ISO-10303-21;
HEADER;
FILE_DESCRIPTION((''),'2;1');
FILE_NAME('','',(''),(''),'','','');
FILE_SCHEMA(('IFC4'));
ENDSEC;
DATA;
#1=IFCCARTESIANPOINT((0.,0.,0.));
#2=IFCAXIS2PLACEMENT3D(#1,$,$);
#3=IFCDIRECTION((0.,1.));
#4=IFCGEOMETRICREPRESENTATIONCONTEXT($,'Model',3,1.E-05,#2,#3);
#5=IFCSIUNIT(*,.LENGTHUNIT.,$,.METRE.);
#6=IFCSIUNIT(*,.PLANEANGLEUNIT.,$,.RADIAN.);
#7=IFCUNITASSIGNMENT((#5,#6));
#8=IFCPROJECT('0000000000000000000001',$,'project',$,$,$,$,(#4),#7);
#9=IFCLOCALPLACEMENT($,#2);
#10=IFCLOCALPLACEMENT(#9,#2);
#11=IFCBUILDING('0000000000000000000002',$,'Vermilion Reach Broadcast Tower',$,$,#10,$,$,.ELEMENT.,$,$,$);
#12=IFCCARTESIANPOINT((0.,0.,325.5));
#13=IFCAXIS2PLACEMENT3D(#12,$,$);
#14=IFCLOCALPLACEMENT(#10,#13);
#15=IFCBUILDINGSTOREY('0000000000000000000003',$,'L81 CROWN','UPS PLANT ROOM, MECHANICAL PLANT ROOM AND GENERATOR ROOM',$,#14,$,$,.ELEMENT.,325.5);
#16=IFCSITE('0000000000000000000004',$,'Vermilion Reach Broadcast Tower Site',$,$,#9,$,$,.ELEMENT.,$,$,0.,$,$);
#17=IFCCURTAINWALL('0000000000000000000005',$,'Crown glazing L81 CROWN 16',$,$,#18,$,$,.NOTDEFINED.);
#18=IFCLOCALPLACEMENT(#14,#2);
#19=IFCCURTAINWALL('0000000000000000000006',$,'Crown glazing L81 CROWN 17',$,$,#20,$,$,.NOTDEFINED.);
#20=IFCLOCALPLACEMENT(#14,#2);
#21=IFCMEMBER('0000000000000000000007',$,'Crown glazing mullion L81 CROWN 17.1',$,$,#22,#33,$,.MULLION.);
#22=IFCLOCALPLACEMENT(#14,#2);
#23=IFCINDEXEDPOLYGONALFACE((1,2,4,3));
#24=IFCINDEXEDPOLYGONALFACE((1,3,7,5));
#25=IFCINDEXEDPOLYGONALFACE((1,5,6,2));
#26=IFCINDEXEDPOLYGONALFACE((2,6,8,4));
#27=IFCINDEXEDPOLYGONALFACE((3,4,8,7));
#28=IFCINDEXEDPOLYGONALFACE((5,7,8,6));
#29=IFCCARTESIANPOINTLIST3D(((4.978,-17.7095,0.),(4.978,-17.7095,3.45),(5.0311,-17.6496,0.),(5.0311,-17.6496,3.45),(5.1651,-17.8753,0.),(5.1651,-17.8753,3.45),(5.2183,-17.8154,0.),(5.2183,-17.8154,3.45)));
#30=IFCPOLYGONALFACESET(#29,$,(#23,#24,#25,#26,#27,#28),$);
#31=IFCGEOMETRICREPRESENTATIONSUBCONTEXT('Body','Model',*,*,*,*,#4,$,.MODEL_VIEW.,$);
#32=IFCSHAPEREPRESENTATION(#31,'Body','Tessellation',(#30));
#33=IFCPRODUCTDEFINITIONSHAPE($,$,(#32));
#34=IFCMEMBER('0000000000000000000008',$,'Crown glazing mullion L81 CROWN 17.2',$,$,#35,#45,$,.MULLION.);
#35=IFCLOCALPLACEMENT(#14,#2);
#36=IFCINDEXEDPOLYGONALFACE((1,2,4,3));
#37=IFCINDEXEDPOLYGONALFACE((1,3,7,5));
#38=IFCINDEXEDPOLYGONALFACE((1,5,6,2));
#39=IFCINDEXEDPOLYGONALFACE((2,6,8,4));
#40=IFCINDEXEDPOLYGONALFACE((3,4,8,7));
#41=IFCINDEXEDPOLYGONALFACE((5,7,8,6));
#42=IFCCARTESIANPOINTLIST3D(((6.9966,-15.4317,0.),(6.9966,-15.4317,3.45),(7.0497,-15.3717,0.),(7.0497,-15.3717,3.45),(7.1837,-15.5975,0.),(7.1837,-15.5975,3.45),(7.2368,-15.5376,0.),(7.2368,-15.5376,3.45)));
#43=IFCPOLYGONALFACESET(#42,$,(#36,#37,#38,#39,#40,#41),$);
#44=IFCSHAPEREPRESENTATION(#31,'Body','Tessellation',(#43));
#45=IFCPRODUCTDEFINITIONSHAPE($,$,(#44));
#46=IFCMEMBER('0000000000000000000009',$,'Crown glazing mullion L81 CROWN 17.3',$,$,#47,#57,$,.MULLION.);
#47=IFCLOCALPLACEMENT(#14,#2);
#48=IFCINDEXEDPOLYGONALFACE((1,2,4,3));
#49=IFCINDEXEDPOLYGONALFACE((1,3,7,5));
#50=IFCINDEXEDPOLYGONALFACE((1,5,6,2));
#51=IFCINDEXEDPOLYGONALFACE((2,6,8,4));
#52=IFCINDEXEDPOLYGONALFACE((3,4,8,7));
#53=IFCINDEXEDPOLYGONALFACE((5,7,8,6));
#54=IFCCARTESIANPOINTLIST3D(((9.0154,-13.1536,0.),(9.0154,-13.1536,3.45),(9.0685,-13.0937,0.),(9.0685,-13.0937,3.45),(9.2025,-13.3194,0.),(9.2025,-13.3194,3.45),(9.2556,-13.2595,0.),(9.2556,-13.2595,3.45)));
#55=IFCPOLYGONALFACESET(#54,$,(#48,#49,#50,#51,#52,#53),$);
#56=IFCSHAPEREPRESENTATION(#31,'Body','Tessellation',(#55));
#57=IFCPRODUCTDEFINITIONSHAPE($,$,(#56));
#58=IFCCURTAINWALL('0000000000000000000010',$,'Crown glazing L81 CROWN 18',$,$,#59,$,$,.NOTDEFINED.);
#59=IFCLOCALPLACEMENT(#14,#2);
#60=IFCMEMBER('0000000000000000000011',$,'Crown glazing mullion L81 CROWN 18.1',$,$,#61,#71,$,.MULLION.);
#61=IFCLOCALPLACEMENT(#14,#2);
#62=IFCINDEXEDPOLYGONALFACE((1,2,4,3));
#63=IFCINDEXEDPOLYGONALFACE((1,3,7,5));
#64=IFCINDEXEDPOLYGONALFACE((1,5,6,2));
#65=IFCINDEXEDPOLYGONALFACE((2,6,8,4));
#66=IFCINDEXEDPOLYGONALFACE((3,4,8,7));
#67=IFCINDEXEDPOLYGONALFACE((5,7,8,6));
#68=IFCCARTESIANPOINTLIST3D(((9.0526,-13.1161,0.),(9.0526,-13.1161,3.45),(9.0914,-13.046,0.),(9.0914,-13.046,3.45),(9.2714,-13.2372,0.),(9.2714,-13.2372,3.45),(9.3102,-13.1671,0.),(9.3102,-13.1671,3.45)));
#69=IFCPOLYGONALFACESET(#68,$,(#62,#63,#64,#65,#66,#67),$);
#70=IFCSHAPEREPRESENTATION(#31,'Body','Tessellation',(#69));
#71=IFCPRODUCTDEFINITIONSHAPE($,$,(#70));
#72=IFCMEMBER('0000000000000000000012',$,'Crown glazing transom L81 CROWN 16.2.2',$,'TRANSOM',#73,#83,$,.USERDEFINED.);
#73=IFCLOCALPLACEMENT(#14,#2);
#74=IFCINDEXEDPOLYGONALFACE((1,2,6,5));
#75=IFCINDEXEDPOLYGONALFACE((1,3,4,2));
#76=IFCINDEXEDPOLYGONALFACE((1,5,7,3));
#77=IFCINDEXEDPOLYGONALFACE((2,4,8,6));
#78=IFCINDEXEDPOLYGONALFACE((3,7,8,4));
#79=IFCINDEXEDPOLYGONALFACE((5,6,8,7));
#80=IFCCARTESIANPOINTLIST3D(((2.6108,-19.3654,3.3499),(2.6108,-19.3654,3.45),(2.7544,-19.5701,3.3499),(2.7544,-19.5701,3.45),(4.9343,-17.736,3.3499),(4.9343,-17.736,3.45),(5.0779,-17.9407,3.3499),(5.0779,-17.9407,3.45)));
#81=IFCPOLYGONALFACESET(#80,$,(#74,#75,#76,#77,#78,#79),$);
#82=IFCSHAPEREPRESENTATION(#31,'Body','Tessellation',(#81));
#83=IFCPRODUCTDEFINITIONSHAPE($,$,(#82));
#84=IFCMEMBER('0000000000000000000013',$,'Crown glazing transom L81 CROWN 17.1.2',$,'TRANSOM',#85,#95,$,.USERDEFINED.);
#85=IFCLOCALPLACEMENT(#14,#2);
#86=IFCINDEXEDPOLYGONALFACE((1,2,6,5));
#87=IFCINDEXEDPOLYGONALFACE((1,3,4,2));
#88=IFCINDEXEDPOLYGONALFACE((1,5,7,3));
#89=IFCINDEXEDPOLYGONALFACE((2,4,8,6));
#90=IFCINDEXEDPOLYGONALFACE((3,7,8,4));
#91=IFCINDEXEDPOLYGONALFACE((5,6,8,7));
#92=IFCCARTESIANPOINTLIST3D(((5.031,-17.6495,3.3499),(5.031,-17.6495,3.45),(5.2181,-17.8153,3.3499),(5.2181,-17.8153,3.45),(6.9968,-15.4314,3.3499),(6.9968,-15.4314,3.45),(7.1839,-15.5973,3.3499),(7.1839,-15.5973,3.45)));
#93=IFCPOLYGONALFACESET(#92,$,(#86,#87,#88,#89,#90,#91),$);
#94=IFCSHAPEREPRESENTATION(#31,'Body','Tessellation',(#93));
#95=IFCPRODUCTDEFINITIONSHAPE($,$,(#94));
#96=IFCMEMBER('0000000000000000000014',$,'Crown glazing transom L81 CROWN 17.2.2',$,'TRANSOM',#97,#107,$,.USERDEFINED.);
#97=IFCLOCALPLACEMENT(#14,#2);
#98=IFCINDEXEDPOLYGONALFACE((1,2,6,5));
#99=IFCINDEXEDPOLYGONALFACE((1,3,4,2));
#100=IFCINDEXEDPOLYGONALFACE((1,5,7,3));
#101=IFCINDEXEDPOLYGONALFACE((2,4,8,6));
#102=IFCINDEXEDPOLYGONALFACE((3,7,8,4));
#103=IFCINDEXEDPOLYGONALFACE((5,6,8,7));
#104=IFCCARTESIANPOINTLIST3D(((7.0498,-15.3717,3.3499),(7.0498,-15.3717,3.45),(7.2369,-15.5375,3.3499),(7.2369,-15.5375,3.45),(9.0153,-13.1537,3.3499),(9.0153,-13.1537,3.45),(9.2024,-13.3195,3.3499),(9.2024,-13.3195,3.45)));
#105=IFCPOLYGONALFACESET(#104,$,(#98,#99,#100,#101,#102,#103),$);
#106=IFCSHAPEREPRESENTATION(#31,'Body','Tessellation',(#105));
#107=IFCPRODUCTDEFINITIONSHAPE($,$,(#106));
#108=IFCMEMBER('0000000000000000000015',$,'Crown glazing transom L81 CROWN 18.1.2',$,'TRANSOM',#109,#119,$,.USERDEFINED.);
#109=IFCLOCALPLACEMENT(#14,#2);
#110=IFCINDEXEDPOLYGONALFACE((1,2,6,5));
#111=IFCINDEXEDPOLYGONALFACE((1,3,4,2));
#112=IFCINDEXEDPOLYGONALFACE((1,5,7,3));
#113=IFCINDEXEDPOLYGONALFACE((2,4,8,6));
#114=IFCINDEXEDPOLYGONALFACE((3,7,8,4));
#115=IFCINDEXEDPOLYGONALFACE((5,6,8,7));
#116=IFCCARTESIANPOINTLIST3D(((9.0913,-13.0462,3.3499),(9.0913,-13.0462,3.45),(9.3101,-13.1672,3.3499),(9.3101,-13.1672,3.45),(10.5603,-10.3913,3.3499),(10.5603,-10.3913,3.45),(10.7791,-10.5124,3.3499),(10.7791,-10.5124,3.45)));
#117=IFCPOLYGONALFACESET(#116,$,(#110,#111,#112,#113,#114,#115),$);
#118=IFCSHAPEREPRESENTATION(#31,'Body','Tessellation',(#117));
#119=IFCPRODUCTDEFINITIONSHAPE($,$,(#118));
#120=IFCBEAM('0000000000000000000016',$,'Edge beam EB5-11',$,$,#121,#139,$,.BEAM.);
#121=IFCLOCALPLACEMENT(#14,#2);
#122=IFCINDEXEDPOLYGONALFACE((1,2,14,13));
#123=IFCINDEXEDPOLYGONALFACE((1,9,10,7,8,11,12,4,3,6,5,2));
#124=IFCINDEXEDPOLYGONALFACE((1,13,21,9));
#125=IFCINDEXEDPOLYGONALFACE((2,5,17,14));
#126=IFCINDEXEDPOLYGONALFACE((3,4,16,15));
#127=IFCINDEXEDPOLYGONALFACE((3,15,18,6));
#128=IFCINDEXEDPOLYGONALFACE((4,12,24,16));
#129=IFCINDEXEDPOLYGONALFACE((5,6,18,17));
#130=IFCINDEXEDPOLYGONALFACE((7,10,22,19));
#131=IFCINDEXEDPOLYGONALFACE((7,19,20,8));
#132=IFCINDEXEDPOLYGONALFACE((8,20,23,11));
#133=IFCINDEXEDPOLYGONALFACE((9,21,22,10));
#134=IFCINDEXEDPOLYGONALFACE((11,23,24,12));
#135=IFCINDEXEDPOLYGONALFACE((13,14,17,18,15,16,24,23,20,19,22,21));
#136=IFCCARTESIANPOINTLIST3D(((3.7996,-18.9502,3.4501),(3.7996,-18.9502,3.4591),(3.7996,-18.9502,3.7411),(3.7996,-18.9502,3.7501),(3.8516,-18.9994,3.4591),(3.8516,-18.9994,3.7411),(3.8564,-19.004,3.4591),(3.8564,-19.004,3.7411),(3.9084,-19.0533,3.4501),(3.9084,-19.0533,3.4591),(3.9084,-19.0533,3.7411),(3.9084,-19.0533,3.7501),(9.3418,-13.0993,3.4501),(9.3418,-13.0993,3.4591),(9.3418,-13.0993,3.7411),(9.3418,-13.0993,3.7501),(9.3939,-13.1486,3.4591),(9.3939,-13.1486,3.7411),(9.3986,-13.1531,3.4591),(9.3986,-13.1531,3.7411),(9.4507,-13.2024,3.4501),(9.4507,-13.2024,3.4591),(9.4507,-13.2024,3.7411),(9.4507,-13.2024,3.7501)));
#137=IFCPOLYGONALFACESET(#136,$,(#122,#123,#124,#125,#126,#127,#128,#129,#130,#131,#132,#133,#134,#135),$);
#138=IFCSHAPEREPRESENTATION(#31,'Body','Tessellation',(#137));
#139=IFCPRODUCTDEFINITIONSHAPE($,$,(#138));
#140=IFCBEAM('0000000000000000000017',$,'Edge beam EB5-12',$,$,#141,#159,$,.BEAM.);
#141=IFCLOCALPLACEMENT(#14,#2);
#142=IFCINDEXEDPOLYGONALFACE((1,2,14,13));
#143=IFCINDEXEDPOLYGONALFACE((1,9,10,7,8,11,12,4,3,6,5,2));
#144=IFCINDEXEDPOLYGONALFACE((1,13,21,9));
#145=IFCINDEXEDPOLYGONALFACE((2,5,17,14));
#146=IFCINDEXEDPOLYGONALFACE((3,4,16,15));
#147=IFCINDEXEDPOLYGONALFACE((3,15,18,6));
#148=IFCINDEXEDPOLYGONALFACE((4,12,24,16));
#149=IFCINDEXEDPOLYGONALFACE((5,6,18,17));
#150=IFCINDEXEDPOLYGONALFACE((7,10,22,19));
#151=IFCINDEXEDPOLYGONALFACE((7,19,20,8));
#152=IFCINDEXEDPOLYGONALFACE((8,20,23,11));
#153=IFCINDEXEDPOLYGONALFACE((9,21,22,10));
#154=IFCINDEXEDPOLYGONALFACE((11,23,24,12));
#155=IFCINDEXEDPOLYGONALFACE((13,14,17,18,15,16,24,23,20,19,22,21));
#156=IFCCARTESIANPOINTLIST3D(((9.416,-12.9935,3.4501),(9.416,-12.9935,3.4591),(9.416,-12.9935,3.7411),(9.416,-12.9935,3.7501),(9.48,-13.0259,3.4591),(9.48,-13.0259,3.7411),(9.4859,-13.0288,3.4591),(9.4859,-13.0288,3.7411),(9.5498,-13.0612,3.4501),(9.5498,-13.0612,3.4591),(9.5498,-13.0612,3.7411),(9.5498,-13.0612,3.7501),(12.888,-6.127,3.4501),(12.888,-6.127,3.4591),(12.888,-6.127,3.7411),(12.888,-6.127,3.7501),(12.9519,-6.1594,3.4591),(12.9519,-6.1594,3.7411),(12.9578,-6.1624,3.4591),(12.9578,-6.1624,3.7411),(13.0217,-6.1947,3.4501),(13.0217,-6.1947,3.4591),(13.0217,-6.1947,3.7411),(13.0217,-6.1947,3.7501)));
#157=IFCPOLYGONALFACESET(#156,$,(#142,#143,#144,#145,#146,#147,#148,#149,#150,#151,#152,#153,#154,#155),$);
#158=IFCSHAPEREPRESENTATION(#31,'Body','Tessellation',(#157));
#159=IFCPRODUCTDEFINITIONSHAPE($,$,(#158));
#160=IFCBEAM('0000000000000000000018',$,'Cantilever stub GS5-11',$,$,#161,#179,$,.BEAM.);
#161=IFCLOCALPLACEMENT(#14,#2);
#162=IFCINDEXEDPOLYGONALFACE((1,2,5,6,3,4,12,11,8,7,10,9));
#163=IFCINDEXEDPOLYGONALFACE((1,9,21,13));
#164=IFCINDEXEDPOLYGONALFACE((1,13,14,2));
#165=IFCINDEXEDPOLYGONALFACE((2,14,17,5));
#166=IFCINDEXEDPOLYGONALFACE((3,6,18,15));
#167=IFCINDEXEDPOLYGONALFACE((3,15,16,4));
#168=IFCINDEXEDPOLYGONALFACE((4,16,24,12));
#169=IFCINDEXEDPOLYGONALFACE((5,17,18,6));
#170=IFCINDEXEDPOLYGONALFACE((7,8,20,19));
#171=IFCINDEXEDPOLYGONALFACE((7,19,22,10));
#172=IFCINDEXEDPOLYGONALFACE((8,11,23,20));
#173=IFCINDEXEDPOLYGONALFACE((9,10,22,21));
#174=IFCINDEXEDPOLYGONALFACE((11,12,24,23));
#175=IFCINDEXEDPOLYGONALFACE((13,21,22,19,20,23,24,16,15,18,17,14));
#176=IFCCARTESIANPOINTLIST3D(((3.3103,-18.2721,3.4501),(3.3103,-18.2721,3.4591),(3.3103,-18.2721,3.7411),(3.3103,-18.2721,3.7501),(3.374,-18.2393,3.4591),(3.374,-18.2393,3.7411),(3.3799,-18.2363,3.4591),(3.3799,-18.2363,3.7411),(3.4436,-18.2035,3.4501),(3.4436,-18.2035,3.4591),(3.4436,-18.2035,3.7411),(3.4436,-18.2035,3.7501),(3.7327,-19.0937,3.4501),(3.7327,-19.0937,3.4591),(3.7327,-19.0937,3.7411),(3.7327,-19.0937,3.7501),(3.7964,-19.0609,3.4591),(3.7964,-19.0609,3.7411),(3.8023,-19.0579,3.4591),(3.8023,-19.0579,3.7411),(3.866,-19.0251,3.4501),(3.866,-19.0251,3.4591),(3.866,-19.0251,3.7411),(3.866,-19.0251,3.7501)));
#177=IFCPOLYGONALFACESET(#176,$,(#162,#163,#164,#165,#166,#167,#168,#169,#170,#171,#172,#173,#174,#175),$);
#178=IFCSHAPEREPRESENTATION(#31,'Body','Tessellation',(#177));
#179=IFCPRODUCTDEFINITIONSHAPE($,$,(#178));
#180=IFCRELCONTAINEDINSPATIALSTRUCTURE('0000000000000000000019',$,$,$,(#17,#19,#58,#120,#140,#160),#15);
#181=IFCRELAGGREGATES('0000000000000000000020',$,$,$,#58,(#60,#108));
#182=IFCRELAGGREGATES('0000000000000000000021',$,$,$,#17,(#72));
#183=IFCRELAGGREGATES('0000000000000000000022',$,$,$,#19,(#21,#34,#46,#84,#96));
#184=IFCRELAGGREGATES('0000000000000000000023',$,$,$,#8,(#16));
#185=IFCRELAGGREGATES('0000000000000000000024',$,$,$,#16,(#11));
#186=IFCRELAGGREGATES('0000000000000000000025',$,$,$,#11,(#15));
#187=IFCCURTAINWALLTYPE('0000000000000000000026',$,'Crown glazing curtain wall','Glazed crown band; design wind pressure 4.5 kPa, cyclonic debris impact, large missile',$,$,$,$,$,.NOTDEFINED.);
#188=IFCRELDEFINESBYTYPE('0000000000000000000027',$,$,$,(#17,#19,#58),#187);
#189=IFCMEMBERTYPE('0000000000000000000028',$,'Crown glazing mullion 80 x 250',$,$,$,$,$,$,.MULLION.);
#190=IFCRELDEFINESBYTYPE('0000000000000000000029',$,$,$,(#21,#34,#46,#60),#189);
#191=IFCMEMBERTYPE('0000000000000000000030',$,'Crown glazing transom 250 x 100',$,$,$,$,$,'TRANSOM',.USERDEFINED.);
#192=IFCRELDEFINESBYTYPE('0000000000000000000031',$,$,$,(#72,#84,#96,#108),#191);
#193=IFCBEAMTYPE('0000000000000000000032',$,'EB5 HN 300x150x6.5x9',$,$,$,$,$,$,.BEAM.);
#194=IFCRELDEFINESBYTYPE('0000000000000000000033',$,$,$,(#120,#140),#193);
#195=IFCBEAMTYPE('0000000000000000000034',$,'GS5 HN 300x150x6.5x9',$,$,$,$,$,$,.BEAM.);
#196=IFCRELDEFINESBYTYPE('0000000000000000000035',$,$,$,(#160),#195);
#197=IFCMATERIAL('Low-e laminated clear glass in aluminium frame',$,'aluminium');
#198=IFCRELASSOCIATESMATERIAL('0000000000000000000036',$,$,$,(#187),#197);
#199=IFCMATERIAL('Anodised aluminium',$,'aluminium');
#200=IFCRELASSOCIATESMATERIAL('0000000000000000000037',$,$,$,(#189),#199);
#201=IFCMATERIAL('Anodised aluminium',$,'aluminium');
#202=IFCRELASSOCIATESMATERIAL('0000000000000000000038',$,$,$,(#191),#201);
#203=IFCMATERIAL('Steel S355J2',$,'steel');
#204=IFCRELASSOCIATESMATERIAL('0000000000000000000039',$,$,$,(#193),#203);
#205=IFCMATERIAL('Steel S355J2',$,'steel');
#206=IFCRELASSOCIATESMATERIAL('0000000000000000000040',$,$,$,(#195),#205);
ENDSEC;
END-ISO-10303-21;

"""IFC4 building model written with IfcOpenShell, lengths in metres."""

from ifc_helpers import new_model, si_unit, direction, frame, origin, origin_2d, place, context, subcontext, project, spatial, rectangle, i_section, extrude, material, material_profile, profile_set, type_object, element, aggregate, save


model = new_model("IFC4")

# Units and contexts
model_context = context("Model", 3, precision=1e-05, world=origin(), true_north=direction((0.0, 1.0)))
body_context = subcontext(model_context, "Body", "Model", "MODEL_VIEW")
ifc_project = project(units=[si_unit("LENGTHUNIT", "METRE"), si_unit("PLANEANGLEUNIT", "RADIAN")], contexts=[model_context])

# Site, building, storey
site_placement = place(None, origin())
site = spatial("IfcSite", under=ifc_project, at=site_placement, Name="Vermilion Reach Broadcast Tower Site", CompositionType="ELEMENT", RefElevation=0.0)
building_placement = place(site_placement, origin())
building = spatial("IfcBuilding", under=site, at=building_placement, Name="Vermilion Reach Broadcast Tower", CompositionType="ELEMENT")
storey_placement = place(building_placement, frame((0.0, 0.0, 325.5)))
storey = spatial("IfcBuildingStorey", under=building, at=storey_placement, Name="L81 CROWN", Description="UPS PLANT ROOM, MECHANICAL PLANT ROOM AND GENERATOR ROOM", CompositionType="ELEMENT", Elevation=325.5)

# Curtain walls, members
ifc_material_1 = material(Name="Low-e laminated clear glass in aluminium frame", Category="aluminium")
curtain_wall_type = type_object("IfcCurtainWallType", Name="Crown glazing curtain wall", Description="Glazed crown band; design wind pressure 4.5 kPa, cyclonic debris impact, large missile", PredefinedType="NOTDEFINED", material=ifc_material_1)
placement = place(storey_placement, origin())
curtain_wall_1 = element("IfcCurtainWall", 1, at=placement, inside=storey, type_object=curtain_wall_type, Name="Crown glazing L81 CROWN 16", PredefinedType="NOTDEFINED")
ifc_material_2 = material(Name="Anodised aluminium", Category="aluminium")
ifc_material_profile_1 = material_profile(ifc_material_2, rectangle(XDim=0.25, YDim=0.0801, at=origin_2d()), Name="Crown glazing mullion 80 x 250")
ifc_profile_set_1 = profile_set([ifc_material_profile_1], Name="Anodised aluminium")
member_type_1 = type_object("IfcMemberType", Name="Crown glazing mullion 80 x 250", PredefinedType="MULLION", material=ifc_profile_set_1)
curtain_wall_2 = element("IfcCurtainWall", 2, at=placement, inside=storey, type_object=curtain_wall_type, Name="Crown glazing L81 CROWN 17", PredefinedType="NOTDEFINED")
member_1_placement = place(storey_placement, frame((5.0981, -17.7625, 0.0), z_axis=(0.0, 0.0, 1.0), x_axis=(-0.748408, 0.663239, 0.0)))
member_1 = element("IfcMember", 3, at=member_1_placement, type_object=member_type_1, Name="Crown glazing mullion L81 CROWN 17.1", PredefinedType="MULLION", context=body_context, shape_type="SweptSolid", body=[
    extrude(rectangle(XDim=0.25, YDim=0.0801, at=origin_2d()), origin(), (0.0, 0.0, 1.0), 3.45),
])
member_2_placement = place(storey_placement, frame((7.1167, -15.4846, 0.0), z_axis=(0.0, 0.0, 1.0), x_axis=(-0.748408, 0.663239, 0.0)))
member_2 = element("IfcMember", 4, at=member_2_placement, type_object=member_type_1, Name="Crown glazing mullion L81 CROWN 17.2", PredefinedType="MULLION", context=body_context, shape_type="SweptSolid", body=[
    extrude(rectangle(XDim=0.25, YDim=0.0801, at=origin_2d()), origin(), (0.0, 0.0, 1.0), 3.45),
])
member_3_placement = place(storey_placement, frame((9.1355, -13.2065, 0.0), z_axis=(0.0, 0.0, 1.0), x_axis=(-0.748408, 0.663239, 0.0)))
member_3 = element("IfcMember", 5, at=member_3_placement, type_object=member_type_1, Name="Crown glazing mullion L81 CROWN 17.3", PredefinedType="MULLION", context=body_context, shape_type="SweptSolid", body=[
    extrude(rectangle(XDim=0.25, YDim=0.0801, at=origin_2d()), origin(), (0.0, 0.0, 1.0), 3.45),
])

# Curtain wall, member
curtain_wall_3 = element("IfcCurtainWall", 6, at=placement, inside=storey, type_object=curtain_wall_type, Name="Crown glazing L81 CROWN 18", PredefinedType="NOTDEFINED")
member_4_placement = place(storey_placement, frame((9.1814, -13.1416, 0.0), z_axis=(0.0, 0.0, 1.0), x_axis=(-0.874983, 0.484153, 0.0)))
member_4 = element("IfcMember", 7, at=member_4_placement, type_object=member_type_1, Name="Crown glazing mullion L81 CROWN 18.1", PredefinedType="MULLION", context=body_context, shape_type="SweptSolid", body=[
    extrude(rectangle(XDim=0.25, YDim=0.0801, at=origin_2d()), origin(), (0.0, 0.0, 1.0), 3.45),
])

# Members
ifc_material_3 = material(Name="Anodised aluminium", Category="aluminium")
ifc_material_profile_2 = material_profile(ifc_material_3, rectangle(XDim=0.25, YDim=0.1001, at=origin_2d()), Name="Crown glazing transom 250 x 100")
ifc_profile_set_2 = profile_set([ifc_material_profile_2], Name="Anodised aluminium")
member_type_2 = type_object("IfcMemberType", Name="Crown glazing transom 250 x 100", ElementType="TRANSOM", PredefinedType="USERDEFINED", material=ifc_profile_set_2)
member_5_placement = place(storey_placement, frame((2.6826, -19.4678, 3.3999), z_axis=(0.818743, 0.574161, 0.0), x_axis=(-0.574161, 0.818743, 0.0)))
member_5 = element("IfcMember", 8, at=member_5_placement, type_object=member_type_2, Name="Crown glazing transom L81 CROWN 16.2.2", ObjectType="TRANSOM", PredefinedType="USERDEFINED", context=body_context, shape_type="SweptSolid", body=[
    extrude(rectangle(XDim=0.25, YDim=0.1001, at=origin_2d()), origin(), (0.0, 0.0, 1.0), 2.8379),
])
member_6_placement = place(storey_placement, frame((5.1245, -17.7324, 3.3999), z_axis=(0.663279, 0.748372, 0.0), x_axis=(-0.748372, 0.663279, 0.0)))
member_6 = element("IfcMember", 9, at=member_6_placement, type_object=member_type_2, Name="Crown glazing transom L81 CROWN 17.1.2", ObjectType="TRANSOM", PredefinedType="USERDEFINED", context=body_context, shape_type="SweptSolid", body=[
    extrude(rectangle(XDim=0.25, YDim=0.1001, at=origin_2d()), origin(), (0.0, 0.0, 1.0), 2.9639),
])
member_7_placement = place(storey_placement, frame((7.1433, -15.4546, 3.3999), z_axis=(0.663233, 0.748413, 0.0), x_axis=(-0.748413, 0.663233, 0.0)))
member_7 = element("IfcMember", 10, at=member_7_placement, type_object=member_type_2, Name="Crown glazing transom L81 CROWN 17.2.2", ObjectType="TRANSOM", PredefinedType="USERDEFINED", context=body_context, shape_type="SweptSolid", body=[
    extrude(rectangle(XDim=0.25, YDim=0.1001, at=origin_2d()), origin(), (0.0, 0.0, 1.0), 2.9636),
])
member_8_placement = place(storey_placement, frame((9.2007, -13.1067, 3.3999), z_axis=(0.48416, 0.87498, 0.0), x_axis=(-0.87498, 0.48416, 0.0)))
member_8 = element("IfcMember", 11, at=member_8_placement, type_object=member_type_2, Name="Crown glazing transom L81 CROWN 18.1.2", ObjectType="TRANSOM", PredefinedType="USERDEFINED", context=body_context, shape_type="SweptSolid", body=[
    extrude(rectangle(XDim=0.25, YDim=0.1001, at=origin_2d()), origin(), (0.0, 0.0, 1.0), 3.0342),
])
aggregate(curtain_wall_3, [member_4, member_8])

# Beams
ifc_material_4 = material(Name="Steel S355J2", Category="steel")
ifc_material_profile_3 = material_profile(ifc_material_4, i_section(OverallWidth=0.1499, OverallDepth=0.3, WebThickness=0.0066, FlangeThickness=0.009, at=origin_2d()), Name="S355J2 HN 300x150x6.5x9")
ifc_profile_set_3 = profile_set([ifc_material_profile_3], Name="Steel S355J2")
beam_type_1 = type_object("IfcBeamType", Name="EB5 HN 300x150x6.5x9", PredefinedType="BEAM", material=ifc_profile_set_3)
beam_1_placement = place(storey_placement, frame((3.854, -19.0017, 3.6001), z_axis=(0.687702, 0.725993, 0.0), x_axis=(-0.725993, 0.687702, 0.0)))
element("IfcBeam", 12, at=beam_1_placement, inside=storey, type_object=beam_type_1, Name="Edge beam EB5-11", PredefinedType="BEAM", context=body_context, shape_type="SweptSolid", body=[
    extrude(i_section(OverallWidth=0.1499, OverallDepth=0.3, WebThickness=0.0066, FlangeThickness=0.009, at=origin_2d()), origin(), (0.0, 0.0, 1.0), 8.0591),
])
beam_2_placement = place(storey_placement, frame((9.4829, -13.0273, 3.6001), z_axis=(0.451232, 0.892406, 0.0), x_axis=(-0.892406, 0.451232, 0.0)))
element("IfcBeam", 13, at=beam_2_placement, inside=storey, type_object=beam_type_1, Name="Edge beam EB5-12", PredefinedType="BEAM", context=body_context, shape_type="SweptSolid", body=[
    extrude(i_section(OverallWidth=0.1499, OverallDepth=0.3, WebThickness=0.0066, FlangeThickness=0.009, at=origin_2d()), origin(), (0.0, 0.0, 1.0), 7.6943),
])
ifc_material_5 = material(Name="Steel S355J2", Category="steel")
ifc_material_profile_4 = material_profile(ifc_material_5, i_section(OverallWidth=0.1499, OverallDepth=0.3, WebThickness=0.0066, FlangeThickness=0.009, at=origin_2d()), Name="S355J2 HN 300x150x6.5x9")
ifc_profile_set_4 = profile_set([ifc_material_profile_4], Name="Steel S355J2")
beam_type_2 = type_object("IfcBeamType", Name="GS5 HN 300x150x6.5x9", PredefinedType="BEAM", material=ifc_profile_set_4)
beam_3_placement = place(storey_placement, frame((3.377, -18.2378, 3.6001), z_axis=(0.457229, -0.889349, 0.0), x_axis=(0.889349, 0.457229, 0.0)))
element("IfcBeam", 14, at=beam_3_placement, inside=storey, type_object=beam_type_2, Name="Cantilever stub GS5-11", PredefinedType="BEAM", context=body_context, shape_type="SweptSolid", body=[
    extrude(i_section(OverallWidth=0.1499, OverallDepth=0.3, WebThickness=0.0066, FlangeThickness=0.009, at=origin_2d()), origin(), (0.0, 0.0, 1.0), 0.9238),
])

aggregate(curtain_wall_1, [member_5])
aggregate(curtain_wall_2, [member_1, member_2, member_3, member_6, member_7])

save(model, "model.ifc")
